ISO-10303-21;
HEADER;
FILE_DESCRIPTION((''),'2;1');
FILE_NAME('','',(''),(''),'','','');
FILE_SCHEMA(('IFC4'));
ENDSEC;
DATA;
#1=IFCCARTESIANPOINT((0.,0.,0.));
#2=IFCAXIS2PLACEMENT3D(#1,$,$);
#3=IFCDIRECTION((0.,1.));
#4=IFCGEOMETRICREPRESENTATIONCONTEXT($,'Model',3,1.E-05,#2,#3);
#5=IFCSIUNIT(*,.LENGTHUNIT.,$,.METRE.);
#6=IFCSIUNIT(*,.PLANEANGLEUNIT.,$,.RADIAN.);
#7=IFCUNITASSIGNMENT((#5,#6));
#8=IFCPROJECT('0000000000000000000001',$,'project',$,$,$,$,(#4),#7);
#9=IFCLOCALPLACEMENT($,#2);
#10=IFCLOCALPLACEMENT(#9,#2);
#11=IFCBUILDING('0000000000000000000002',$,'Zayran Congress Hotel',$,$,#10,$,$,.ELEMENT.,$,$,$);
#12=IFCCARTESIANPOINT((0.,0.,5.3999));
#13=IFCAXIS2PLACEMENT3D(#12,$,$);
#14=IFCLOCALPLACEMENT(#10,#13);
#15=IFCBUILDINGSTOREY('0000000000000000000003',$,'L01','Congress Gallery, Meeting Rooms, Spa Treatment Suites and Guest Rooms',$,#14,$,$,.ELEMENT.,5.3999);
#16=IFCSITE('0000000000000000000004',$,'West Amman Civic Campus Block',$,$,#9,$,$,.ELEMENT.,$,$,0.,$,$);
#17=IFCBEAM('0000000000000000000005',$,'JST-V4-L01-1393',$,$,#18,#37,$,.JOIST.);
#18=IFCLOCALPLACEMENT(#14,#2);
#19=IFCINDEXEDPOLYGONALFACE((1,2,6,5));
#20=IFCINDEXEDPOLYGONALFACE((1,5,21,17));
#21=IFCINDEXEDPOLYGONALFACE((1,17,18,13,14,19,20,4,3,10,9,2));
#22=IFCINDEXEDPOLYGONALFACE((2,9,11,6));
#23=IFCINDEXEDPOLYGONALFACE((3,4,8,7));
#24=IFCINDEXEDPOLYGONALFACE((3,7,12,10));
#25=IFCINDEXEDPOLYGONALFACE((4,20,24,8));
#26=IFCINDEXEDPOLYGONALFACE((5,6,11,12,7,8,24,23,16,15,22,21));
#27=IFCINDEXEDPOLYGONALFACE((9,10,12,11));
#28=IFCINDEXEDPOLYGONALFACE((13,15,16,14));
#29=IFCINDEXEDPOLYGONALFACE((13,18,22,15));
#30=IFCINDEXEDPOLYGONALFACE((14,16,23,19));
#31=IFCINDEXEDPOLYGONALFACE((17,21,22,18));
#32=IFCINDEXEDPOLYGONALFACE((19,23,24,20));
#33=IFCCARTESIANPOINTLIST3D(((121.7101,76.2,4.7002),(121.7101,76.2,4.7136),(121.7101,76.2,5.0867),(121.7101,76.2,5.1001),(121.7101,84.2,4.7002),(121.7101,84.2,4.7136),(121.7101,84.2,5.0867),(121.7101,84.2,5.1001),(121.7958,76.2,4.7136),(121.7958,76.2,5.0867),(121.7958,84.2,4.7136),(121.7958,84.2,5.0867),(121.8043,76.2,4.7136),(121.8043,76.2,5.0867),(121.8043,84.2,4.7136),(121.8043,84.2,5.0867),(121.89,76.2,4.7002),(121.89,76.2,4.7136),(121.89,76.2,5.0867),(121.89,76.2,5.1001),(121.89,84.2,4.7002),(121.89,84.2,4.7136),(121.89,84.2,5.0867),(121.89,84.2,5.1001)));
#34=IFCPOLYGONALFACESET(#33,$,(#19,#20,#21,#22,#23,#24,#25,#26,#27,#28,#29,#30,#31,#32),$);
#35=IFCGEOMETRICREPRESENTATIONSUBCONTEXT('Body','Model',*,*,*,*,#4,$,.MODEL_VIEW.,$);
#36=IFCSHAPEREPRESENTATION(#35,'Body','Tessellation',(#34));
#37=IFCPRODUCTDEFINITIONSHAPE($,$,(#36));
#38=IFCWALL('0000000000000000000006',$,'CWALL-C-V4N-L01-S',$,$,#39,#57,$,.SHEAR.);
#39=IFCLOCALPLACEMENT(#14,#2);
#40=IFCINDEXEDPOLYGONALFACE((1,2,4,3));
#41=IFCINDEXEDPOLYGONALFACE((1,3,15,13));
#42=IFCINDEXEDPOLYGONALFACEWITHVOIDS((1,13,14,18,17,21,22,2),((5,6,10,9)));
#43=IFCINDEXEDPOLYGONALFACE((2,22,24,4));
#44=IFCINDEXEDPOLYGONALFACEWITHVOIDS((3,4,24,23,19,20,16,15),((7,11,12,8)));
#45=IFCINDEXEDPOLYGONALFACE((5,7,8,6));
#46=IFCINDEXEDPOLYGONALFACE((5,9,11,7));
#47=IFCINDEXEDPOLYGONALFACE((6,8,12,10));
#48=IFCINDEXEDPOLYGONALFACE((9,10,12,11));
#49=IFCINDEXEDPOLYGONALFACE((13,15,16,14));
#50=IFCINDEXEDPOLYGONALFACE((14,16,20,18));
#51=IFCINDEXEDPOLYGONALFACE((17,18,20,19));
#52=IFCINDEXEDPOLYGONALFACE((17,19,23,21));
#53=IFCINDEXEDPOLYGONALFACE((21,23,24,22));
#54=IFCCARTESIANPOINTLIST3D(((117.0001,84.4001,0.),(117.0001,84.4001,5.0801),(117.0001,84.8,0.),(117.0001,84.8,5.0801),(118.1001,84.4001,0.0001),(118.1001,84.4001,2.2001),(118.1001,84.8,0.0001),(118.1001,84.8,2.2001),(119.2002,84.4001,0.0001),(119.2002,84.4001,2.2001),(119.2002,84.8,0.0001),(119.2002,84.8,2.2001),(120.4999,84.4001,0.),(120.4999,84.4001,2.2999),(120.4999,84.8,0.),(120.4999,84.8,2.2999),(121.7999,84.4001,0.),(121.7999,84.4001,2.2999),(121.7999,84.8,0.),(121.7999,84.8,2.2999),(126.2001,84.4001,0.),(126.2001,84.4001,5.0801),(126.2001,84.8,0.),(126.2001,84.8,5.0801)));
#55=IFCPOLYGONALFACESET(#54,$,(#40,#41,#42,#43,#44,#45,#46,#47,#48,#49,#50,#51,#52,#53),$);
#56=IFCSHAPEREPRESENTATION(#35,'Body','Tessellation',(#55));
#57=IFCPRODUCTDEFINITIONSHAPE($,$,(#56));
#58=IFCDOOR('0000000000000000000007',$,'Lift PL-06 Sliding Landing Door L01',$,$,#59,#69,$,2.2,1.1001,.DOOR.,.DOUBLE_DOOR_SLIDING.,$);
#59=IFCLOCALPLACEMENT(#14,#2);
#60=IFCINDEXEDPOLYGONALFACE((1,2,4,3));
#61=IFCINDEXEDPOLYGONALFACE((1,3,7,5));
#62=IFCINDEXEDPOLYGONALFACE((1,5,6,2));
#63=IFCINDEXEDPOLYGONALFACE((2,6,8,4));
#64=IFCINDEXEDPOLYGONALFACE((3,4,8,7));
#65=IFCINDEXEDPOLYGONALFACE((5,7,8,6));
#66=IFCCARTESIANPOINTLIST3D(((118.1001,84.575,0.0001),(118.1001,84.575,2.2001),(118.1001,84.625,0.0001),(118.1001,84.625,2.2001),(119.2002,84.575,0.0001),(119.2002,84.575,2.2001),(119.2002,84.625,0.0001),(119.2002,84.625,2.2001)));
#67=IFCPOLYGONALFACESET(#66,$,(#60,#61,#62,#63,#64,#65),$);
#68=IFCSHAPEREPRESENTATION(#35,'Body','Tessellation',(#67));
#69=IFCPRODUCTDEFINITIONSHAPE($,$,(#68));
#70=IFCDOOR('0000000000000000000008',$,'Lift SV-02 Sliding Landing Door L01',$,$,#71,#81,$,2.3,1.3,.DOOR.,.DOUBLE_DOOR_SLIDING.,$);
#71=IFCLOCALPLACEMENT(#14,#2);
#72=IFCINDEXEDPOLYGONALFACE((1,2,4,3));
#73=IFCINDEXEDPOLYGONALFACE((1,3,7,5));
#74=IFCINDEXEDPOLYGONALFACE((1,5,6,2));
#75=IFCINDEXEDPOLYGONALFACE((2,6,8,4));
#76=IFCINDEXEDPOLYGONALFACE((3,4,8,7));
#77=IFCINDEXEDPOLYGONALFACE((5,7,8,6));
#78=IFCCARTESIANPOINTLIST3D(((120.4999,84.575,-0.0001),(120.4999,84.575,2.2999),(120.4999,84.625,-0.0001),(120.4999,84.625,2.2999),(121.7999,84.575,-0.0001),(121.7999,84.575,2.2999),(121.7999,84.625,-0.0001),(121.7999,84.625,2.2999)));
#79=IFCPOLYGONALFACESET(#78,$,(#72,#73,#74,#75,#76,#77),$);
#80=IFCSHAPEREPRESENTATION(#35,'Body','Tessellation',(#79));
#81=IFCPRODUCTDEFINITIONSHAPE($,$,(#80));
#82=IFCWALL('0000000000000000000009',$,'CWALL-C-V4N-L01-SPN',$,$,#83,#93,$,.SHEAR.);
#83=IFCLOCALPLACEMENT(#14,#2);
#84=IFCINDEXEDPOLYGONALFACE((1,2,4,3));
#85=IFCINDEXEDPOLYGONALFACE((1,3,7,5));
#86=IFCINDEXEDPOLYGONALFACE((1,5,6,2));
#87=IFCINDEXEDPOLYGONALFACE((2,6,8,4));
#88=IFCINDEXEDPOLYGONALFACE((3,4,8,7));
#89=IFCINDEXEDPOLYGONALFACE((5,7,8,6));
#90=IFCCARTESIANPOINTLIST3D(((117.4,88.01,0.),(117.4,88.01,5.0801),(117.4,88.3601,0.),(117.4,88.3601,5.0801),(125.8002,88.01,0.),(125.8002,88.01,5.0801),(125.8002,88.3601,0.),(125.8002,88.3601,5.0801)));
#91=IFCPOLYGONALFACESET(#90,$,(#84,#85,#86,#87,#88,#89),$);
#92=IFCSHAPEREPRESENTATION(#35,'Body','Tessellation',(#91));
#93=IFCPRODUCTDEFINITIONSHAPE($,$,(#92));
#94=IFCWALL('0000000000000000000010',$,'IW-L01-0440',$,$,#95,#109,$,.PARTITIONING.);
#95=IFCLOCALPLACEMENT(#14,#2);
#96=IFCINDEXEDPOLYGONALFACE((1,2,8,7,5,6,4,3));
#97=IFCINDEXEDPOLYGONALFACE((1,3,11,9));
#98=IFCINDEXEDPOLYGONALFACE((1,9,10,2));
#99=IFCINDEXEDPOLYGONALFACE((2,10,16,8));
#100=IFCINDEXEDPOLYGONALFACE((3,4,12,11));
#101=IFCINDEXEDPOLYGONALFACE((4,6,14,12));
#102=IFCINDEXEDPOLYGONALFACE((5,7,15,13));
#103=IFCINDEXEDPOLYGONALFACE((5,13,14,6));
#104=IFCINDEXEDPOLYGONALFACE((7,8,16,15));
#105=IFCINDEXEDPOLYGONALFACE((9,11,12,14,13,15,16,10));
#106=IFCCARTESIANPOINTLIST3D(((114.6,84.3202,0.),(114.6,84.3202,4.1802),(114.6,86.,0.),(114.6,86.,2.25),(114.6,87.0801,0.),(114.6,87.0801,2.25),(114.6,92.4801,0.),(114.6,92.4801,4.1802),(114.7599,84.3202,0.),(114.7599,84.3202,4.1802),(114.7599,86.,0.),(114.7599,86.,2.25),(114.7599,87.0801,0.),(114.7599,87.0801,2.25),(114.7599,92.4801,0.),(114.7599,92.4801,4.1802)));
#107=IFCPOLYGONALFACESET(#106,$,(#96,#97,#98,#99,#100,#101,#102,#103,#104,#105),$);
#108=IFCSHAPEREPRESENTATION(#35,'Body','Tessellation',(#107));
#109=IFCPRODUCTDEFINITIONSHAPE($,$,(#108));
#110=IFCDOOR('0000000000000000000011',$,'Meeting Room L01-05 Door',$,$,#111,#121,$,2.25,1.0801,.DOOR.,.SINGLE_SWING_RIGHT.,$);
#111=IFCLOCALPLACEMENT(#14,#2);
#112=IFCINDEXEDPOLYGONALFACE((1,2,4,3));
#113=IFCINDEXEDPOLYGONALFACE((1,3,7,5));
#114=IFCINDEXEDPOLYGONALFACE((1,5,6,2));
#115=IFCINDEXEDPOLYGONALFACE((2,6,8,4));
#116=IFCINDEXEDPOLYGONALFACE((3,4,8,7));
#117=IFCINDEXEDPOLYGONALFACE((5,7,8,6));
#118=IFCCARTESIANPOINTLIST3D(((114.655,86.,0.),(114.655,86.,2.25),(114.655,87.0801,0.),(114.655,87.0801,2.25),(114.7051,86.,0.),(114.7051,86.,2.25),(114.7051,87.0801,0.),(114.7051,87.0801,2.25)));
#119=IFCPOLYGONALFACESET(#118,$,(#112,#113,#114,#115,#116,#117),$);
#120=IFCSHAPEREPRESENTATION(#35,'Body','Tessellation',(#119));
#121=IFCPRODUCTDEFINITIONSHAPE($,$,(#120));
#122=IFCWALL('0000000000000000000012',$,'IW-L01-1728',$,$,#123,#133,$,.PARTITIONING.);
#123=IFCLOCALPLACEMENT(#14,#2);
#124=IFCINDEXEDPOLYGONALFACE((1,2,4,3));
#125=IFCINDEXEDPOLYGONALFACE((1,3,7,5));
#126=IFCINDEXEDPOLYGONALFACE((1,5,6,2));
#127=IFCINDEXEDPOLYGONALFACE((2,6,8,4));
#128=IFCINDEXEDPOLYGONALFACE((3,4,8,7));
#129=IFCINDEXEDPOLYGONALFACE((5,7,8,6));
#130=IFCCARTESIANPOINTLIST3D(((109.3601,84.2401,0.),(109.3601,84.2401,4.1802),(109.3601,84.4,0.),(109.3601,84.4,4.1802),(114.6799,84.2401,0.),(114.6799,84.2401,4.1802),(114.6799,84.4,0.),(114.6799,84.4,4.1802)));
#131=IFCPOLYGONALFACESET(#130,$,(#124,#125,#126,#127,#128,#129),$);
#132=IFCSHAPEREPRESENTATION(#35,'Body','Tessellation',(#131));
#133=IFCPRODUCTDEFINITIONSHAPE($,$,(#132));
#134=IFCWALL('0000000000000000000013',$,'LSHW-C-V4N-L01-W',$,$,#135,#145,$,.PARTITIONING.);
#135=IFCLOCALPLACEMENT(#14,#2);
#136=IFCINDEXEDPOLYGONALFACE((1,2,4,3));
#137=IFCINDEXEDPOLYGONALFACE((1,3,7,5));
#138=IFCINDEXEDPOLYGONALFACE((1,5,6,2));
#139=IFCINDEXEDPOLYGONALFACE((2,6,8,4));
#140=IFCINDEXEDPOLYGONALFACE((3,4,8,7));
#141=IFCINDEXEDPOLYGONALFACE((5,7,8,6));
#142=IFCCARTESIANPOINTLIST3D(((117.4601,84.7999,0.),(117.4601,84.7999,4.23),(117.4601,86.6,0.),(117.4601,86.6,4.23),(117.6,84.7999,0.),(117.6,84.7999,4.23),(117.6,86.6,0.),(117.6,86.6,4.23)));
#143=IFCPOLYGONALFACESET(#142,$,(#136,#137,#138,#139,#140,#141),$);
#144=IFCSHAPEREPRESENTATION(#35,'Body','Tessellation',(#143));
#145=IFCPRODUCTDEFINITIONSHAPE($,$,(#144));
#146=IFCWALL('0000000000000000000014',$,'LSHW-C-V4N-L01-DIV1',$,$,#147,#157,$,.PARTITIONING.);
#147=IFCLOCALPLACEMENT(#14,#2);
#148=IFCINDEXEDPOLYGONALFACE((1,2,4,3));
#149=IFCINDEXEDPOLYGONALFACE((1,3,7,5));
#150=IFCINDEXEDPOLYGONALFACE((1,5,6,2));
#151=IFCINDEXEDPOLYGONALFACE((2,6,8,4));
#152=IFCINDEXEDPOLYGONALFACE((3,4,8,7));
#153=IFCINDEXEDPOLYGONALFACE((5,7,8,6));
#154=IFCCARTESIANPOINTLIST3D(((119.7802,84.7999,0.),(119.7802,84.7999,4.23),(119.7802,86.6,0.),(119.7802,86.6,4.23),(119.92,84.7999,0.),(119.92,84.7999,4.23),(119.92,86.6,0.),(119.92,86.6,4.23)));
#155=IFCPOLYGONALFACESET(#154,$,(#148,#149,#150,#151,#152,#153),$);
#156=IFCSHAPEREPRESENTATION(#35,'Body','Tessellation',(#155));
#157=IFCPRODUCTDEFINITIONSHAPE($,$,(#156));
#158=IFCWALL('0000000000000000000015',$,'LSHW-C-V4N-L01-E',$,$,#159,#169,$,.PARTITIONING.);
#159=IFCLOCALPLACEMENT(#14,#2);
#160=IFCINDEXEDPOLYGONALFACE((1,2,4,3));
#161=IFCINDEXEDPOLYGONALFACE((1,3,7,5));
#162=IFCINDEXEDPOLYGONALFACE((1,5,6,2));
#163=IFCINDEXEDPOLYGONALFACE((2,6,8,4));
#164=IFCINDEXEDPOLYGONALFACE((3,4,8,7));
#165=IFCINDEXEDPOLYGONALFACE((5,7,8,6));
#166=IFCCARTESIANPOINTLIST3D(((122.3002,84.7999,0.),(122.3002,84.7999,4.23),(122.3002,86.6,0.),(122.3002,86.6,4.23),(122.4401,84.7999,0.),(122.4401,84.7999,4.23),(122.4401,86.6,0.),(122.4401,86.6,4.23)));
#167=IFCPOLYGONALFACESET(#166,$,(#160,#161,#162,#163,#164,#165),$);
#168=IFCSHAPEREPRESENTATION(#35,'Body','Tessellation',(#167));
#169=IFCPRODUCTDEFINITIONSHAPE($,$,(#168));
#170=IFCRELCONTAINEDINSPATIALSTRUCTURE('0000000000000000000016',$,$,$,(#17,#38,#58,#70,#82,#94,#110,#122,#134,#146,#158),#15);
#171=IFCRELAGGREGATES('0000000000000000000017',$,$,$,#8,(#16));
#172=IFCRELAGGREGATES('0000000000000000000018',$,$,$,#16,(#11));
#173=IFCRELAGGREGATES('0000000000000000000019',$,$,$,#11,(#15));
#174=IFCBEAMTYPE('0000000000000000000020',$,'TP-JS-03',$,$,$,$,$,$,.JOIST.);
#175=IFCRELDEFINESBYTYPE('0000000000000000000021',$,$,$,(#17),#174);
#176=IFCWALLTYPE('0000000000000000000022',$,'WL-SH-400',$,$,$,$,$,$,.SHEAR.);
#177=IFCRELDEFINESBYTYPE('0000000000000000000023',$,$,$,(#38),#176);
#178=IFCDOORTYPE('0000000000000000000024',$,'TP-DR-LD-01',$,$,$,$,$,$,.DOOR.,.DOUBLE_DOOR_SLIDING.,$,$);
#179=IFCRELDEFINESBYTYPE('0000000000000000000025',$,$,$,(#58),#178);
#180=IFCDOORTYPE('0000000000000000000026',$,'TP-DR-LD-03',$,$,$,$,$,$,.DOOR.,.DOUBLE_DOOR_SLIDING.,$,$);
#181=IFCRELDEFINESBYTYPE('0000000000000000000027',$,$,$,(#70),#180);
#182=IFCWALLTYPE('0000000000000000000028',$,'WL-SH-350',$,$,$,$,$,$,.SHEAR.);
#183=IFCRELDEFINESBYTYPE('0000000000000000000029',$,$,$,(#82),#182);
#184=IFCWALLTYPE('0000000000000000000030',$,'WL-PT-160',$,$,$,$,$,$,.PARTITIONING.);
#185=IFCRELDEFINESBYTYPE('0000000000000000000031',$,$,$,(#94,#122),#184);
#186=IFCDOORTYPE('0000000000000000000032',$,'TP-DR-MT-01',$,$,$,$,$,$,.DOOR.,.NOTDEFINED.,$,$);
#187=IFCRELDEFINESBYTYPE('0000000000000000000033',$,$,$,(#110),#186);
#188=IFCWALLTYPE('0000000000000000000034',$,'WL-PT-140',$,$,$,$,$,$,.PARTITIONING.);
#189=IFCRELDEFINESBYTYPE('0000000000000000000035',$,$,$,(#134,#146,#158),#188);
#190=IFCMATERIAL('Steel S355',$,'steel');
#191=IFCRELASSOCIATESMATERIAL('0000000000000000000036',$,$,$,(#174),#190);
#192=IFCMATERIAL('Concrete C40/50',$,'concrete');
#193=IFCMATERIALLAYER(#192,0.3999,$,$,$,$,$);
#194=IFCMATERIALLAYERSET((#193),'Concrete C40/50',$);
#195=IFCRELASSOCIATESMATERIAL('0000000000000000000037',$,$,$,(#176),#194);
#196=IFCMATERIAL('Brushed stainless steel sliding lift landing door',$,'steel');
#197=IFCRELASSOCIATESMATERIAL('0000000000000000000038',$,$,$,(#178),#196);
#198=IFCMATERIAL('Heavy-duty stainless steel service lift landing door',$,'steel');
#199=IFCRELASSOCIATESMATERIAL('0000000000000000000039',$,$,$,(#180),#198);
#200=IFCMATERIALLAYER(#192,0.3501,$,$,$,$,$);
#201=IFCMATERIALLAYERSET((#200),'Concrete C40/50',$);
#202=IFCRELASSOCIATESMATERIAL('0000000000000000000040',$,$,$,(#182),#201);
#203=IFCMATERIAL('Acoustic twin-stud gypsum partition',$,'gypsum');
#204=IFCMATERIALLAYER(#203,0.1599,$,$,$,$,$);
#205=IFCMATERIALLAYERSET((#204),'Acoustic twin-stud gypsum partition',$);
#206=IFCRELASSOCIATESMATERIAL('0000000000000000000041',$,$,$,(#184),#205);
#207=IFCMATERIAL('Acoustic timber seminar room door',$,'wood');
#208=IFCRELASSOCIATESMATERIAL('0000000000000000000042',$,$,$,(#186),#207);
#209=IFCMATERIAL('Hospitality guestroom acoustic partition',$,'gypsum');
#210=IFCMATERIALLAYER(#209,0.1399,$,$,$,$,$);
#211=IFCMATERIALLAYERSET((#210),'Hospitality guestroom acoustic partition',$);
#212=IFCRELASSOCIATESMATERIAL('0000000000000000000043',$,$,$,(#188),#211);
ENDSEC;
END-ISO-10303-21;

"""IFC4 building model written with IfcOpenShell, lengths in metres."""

from ifc_helpers import new_model, si_unit, direction, frame, frame_2d, origin, origin_2d, place, context, subcontext, project, spatial, rectangle, i_section, extrude, material, layer, layer_set, material_profile, profile_set, type_object, element, fill, save


model = new_model("IFC4")

# Units and contexts
model_context = context("Model", 3, precision=1e-05, world=origin(), true_north=direction((0.0, 1.0)))
body_context = subcontext(model_context, "Body", "Model", "MODEL_VIEW")
ifc_project = project(units=[si_unit("LENGTHUNIT", "METRE"), si_unit("PLANEANGLEUNIT", "RADIAN")], contexts=[model_context])

# Site, building, storey
site_placement = place(None, origin())
site = spatial("IfcSite", under=ifc_project, at=site_placement, Name="West Amman Civic Campus Block", CompositionType="ELEMENT", RefElevation=0.0)
building_placement = place(site_placement, origin())
building = spatial("IfcBuilding", under=site, at=building_placement, Name="Zayran Congress Hotel", CompositionType="ELEMENT")
storey_placement = place(building_placement, frame((0.0, 0.0, 5.3999)))
storey = spatial("IfcBuildingStorey", under=building, at=storey_placement, Name="L01", Description="Congress Gallery, Meeting Rooms, Spa Treatment Suites and Guest Rooms", CompositionType="ELEMENT", Elevation=5.3999)

# Shared definitions
ifc_material_1 = material(Name="Concrete C40/50", Category="concrete")

# Beam
ifc_material_2 = material(Name="Steel S355", Category="steel")
ifc_material_profile_1 = material_profile(ifc_material_2, i_section(OverallWidth=0.1799, OverallDepth=0.3999, WebThickness=0.0085, FlangeThickness=0.0134, at=origin_2d()), Name="IPE 400")
ifc_profile_set_1 = profile_set([ifc_material_profile_1], Name="Steel S355")
beam_type_1 = type_object("IfcBeamType", Name="TP-JS-03", PredefinedType="JOIST", material=ifc_profile_set_1)
beam_1_placement = place(storey_placement, frame((121.8, 76.2, 4.9001), z_axis=(0.0, 1.0, 0.0), x_axis=(-1.0, 0.0, 0.0)))
element("IfcBeam", 1, at=beam_1_placement, inside=storey, type_object=beam_type_1, Name="JST-V4-L01-1393", PredefinedType="JOIST", context=body_context, shape_type="SweptSolid", body=[
    extrude(i_section(OverallWidth=0.1799, OverallDepth=0.3999, WebThickness=0.0085, FlangeThickness=0.0134, at=origin_2d()), origin(), (0.0, 0.0, 1.0), 8.0),
])

# Wall, openings, doors
ifc_layer_1 = layer(ifc_material_1, 0.3999)
ifc_layer_set_1 = layer_set([ifc_layer_1], Name="Concrete C40/50")
wall_type_1 = type_object("IfcWallType", Name="WL-SH-400", PredefinedType="SHEAR", material=ifc_layer_set_1)
wall_1_placement = place(storey_placement, frame((117.0, 84.6001, 0.0), z_axis=(0.0, 0.0, 1.0), x_axis=(1.0, 0.0, 0.0)))
wall_1 = element("IfcWall", 2, at=wall_1_placement, inside=storey, type_object=wall_type_1, Name="CWALL-C-V4N-L01-S", PredefinedType="SHEAR", context=body_context, shape_type="SweptSolid", body=[
    extrude(rectangle(XDim=9.2, YDim=0.3999, at=frame_2d((4.6001, 0.0))), origin(), (0.0, 0.0, 1.0), 5.0801),
])
opening_1_placement = place(wall_1_placement, frame((1.1001, 0.0, 0.0)))
opening_1 = element("IfcOpeningElement", 3, at=opening_1_placement, cuts=wall_1, PredefinedType="OPENING", context=body_context, shape_type="SweptSolid", body=[
    extrude(rectangle(XDim=1.1001, YDim=2.2, at=frame_2d((0.55, 1.1001))), frame((0.0, 0.21, 0.0), z_axis=(0.0, -1.0, 0.0), x_axis=(1.0, 0.0, 0.0)), (0.0, 0.0, 1.0), 0.4199),
])
opening_2_placement = place(wall_1_placement, frame((3.5, 0.0, 0.0)))
opening_2 = element("IfcOpeningElement", 4, at=opening_2_placement, cuts=wall_1, PredefinedType="OPENING", context=body_context, shape_type="SweptSolid", body=[
    extrude(rectangle(XDim=1.3, YDim=2.3, at=frame_2d((0.6499, 1.1499))), frame((0.0, 0.21, 0.0), z_axis=(0.0, -1.0, 0.0), x_axis=(1.0, 0.0, 0.0)), (0.0, 0.0, 1.0), 0.4199),
])
ifc_material_3 = material(Name="Brushed stainless steel sliding lift landing door", Category="steel")
door_type_1 = type_object("IfcDoorType", Name="TP-DR-LD-01", OperationType="DOUBLE_DOOR_SLIDING", PredefinedType="DOOR", material=ifc_material_3)
door_1_placement = place(opening_1_placement, origin())
door_1 = element("IfcDoor", 5, at=door_1_placement, inside=storey, type_object=door_type_1, Name="Lift PL-06 Sliding Landing Door L01", OperationType="DOUBLE_DOOR_SLIDING", OverallHeight=2.2, OverallWidth=1.1001, PredefinedType="DOOR", context=body_context, shape_type="SweptSolid", body=[
    extrude(rectangle(XDim=1.1001, YDim=2.2, at=frame_2d((0.55, 1.1001))), frame((0.0, 0.0249, 0.0), z_axis=(0.0, -1.0, 0.0), x_axis=(1.0, 0.0, 0.0)), (0.0, 0.0, 1.0), 0.05),
])
fill(opening_1, door_1)
ifc_material_4 = material(Name="Heavy-duty stainless steel service lift landing door", Category="steel")
door_type_2 = type_object("IfcDoorType", Name="TP-DR-LD-03", OperationType="DOUBLE_DOOR_SLIDING", PredefinedType="DOOR", material=ifc_material_4)
door_2_placement = place(opening_2_placement, origin())
door_2 = element("IfcDoor", 6, at=door_2_placement, inside=storey, type_object=door_type_2, Name="Lift SV-02 Sliding Landing Door L01", OperationType="DOUBLE_DOOR_SLIDING", OverallHeight=2.3, OverallWidth=1.3, PredefinedType="DOOR", context=body_context, shape_type="SweptSolid", body=[
    extrude(rectangle(XDim=1.3, YDim=2.3, at=frame_2d((0.6499, 1.1499))), frame((0.0, 0.0249, 0.0), z_axis=(0.0, -1.0, 0.0), x_axis=(1.0, 0.0, 0.0)), (0.0, 0.0, 1.0), 0.05),
])
fill(opening_2, door_2)

# Wall
ifc_layer_2 = layer(ifc_material_1, 0.3501)
ifc_layer_set_2 = layer_set([ifc_layer_2], Name="Concrete C40/50")
wall_type_2 = type_object("IfcWallType", Name="WL-SH-350", PredefinedType="SHEAR", material=ifc_layer_set_2)
wall_2_placement = place(storey_placement, frame((117.3999, 88.1851, 0.0), z_axis=(0.0, 0.0, 1.0), x_axis=(1.0, 0.0, 0.0)))
element("IfcWall", 7, at=wall_2_placement, inside=storey, type_object=wall_type_2, Name="CWALL-C-V4N-L01-SPN", PredefinedType="SHEAR", context=body_context, shape_type="SweptSolid", body=[
    extrude(rectangle(XDim=8.4001, YDim=0.3501, at=frame_2d((4.2002, 0.0))), origin(), (0.0, 0.0, 1.0), 5.0801),
])

# Wall, opening, door
ifc_material_5 = material(Name="Acoustic twin-stud gypsum partition", Category="gypsum")
ifc_layer_3 = layer(ifc_material_5, 0.1599)
ifc_layer_set_3 = layer_set([ifc_layer_3], Name="Acoustic twin-stud gypsum partition")
wall_type_3 = type_object("IfcWallType", Name="WL-PT-160", PredefinedType="PARTITIONING", material=ifc_layer_set_3)
wall_3_placement = place(storey_placement, frame((114.6799, 84.3201, 0.0), z_axis=(0.0, 0.0, 1.0), x_axis=(0.0, 1.0, 0.0)))
wall_3 = element("IfcWall", 8, at=wall_3_placement, inside=storey, type_object=wall_type_3, Name="IW-L01-0440", PredefinedType="PARTITIONING", context=body_context, shape_type="SweptSolid", body=[
    extrude(rectangle(XDim=8.1599, YDim=0.1599, at=frame_2d((4.0801, 0.0))), origin(), (0.0, 0.0, 1.0), 4.1802),
])
opening_3_placement = place(wall_3_placement, frame((1.6799, 0.0, 0.0)))
opening_3 = element("IfcOpeningElement", 9, at=opening_3_placement, cuts=wall_3, PredefinedType="OPENING", context=body_context, shape_type="SweptSolid", body=[
    extrude(rectangle(XDim=1.0801, YDim=2.25, at=frame_2d((0.54, 1.125))), frame((0.0, 0.0898, 0.0), z_axis=(0.0, -1.0, 0.0), x_axis=(1.0, 0.0, 0.0)), (0.0, 0.0, 1.0), 0.1799),
])
ifc_material_6 = material(Name="Acoustic timber seminar room door", Category="wood")
door_type_3 = type_object("IfcDoorType", Name="TP-DR-MT-01", OperationType="NOTDEFINED", PredefinedType="DOOR", material=ifc_material_6)
door_3_placement = place(opening_3_placement, origin())
door_3 = element("IfcDoor", 10, at=door_3_placement, inside=storey, type_object=door_type_3, Name="Meeting Room L01-05 Door", OperationType="SINGLE_SWING_RIGHT", OverallHeight=2.25, OverallWidth=1.0801, PredefinedType="DOOR", context=body_context, shape_type="SweptSolid", body=[
    extrude(rectangle(XDim=1.0801, YDim=2.25, at=frame_2d((0.54, 1.125))), frame((0.0, 0.0249, 0.0), z_axis=(0.0, -1.0, 0.0), x_axis=(1.0, 0.0, 0.0)), (0.0, 0.0, 1.0), 0.05),
])
fill(opening_3, door_3)

# Walls
wall_4_placement = place(storey_placement, frame((109.3601, 84.3201, 0.0), z_axis=(0.0, 0.0, 1.0), x_axis=(1.0, 0.0, 0.0)))
element("IfcWall", 11, at=wall_4_placement, inside=storey, type_object=wall_type_3, Name="IW-L01-1728", PredefinedType="PARTITIONING", context=body_context, shape_type="SweptSolid", body=[
    extrude(rectangle(XDim=5.3198, YDim=0.1599, at=frame_2d((2.6599, 0.0))), origin(), (0.0, 0.0, 1.0), 4.1802),
])
ifc_material_7 = material(Name="Hospitality guestroom acoustic partition", Category="gypsum")
ifc_layer_4 = layer(ifc_material_7, 0.1399)
ifc_layer_set_4 = layer_set([ifc_layer_4], Name="Hospitality guestroom acoustic partition")
wall_type_4 = type_object("IfcWallType", Name="WL-PT-140", PredefinedType="PARTITIONING", material=ifc_layer_set_4)
for number, where, z_axis, x_axis, name in (
    (12, (117.53, 84.8, 0.0), (0.0, 0.0, 1.0), (0.0, 1.0, 0.0), "LSHW-C-V4N-L01-W"),
    (13, (119.8501, 84.8, 0.0), (0.0, 0.0, 1.0), (0.0, 1.0, 0.0), "LSHW-C-V4N-L01-DIV1"),
    (14, (122.3701, 84.8, 0.0), (0.0, 0.0, 1.0), (0.0, 1.0, 0.0), "LSHW-C-V4N-L01-E"),
):
    element("IfcWall", number, at=place(storey_placement, frame(where, z_axis=z_axis, x_axis=x_axis)), inside=storey, type_object=wall_type_4, Name=name, PredefinedType="PARTITIONING", context=body_context, shape_type="SweptSolid", body=[
        extrude(rectangle(XDim=1.8, YDim=0.1399, at=frame_2d((0.8999, 0.0))), origin(), (0.0, 0.0, 1.0), 4.23),
    ])

save(model, "model.ifc")
